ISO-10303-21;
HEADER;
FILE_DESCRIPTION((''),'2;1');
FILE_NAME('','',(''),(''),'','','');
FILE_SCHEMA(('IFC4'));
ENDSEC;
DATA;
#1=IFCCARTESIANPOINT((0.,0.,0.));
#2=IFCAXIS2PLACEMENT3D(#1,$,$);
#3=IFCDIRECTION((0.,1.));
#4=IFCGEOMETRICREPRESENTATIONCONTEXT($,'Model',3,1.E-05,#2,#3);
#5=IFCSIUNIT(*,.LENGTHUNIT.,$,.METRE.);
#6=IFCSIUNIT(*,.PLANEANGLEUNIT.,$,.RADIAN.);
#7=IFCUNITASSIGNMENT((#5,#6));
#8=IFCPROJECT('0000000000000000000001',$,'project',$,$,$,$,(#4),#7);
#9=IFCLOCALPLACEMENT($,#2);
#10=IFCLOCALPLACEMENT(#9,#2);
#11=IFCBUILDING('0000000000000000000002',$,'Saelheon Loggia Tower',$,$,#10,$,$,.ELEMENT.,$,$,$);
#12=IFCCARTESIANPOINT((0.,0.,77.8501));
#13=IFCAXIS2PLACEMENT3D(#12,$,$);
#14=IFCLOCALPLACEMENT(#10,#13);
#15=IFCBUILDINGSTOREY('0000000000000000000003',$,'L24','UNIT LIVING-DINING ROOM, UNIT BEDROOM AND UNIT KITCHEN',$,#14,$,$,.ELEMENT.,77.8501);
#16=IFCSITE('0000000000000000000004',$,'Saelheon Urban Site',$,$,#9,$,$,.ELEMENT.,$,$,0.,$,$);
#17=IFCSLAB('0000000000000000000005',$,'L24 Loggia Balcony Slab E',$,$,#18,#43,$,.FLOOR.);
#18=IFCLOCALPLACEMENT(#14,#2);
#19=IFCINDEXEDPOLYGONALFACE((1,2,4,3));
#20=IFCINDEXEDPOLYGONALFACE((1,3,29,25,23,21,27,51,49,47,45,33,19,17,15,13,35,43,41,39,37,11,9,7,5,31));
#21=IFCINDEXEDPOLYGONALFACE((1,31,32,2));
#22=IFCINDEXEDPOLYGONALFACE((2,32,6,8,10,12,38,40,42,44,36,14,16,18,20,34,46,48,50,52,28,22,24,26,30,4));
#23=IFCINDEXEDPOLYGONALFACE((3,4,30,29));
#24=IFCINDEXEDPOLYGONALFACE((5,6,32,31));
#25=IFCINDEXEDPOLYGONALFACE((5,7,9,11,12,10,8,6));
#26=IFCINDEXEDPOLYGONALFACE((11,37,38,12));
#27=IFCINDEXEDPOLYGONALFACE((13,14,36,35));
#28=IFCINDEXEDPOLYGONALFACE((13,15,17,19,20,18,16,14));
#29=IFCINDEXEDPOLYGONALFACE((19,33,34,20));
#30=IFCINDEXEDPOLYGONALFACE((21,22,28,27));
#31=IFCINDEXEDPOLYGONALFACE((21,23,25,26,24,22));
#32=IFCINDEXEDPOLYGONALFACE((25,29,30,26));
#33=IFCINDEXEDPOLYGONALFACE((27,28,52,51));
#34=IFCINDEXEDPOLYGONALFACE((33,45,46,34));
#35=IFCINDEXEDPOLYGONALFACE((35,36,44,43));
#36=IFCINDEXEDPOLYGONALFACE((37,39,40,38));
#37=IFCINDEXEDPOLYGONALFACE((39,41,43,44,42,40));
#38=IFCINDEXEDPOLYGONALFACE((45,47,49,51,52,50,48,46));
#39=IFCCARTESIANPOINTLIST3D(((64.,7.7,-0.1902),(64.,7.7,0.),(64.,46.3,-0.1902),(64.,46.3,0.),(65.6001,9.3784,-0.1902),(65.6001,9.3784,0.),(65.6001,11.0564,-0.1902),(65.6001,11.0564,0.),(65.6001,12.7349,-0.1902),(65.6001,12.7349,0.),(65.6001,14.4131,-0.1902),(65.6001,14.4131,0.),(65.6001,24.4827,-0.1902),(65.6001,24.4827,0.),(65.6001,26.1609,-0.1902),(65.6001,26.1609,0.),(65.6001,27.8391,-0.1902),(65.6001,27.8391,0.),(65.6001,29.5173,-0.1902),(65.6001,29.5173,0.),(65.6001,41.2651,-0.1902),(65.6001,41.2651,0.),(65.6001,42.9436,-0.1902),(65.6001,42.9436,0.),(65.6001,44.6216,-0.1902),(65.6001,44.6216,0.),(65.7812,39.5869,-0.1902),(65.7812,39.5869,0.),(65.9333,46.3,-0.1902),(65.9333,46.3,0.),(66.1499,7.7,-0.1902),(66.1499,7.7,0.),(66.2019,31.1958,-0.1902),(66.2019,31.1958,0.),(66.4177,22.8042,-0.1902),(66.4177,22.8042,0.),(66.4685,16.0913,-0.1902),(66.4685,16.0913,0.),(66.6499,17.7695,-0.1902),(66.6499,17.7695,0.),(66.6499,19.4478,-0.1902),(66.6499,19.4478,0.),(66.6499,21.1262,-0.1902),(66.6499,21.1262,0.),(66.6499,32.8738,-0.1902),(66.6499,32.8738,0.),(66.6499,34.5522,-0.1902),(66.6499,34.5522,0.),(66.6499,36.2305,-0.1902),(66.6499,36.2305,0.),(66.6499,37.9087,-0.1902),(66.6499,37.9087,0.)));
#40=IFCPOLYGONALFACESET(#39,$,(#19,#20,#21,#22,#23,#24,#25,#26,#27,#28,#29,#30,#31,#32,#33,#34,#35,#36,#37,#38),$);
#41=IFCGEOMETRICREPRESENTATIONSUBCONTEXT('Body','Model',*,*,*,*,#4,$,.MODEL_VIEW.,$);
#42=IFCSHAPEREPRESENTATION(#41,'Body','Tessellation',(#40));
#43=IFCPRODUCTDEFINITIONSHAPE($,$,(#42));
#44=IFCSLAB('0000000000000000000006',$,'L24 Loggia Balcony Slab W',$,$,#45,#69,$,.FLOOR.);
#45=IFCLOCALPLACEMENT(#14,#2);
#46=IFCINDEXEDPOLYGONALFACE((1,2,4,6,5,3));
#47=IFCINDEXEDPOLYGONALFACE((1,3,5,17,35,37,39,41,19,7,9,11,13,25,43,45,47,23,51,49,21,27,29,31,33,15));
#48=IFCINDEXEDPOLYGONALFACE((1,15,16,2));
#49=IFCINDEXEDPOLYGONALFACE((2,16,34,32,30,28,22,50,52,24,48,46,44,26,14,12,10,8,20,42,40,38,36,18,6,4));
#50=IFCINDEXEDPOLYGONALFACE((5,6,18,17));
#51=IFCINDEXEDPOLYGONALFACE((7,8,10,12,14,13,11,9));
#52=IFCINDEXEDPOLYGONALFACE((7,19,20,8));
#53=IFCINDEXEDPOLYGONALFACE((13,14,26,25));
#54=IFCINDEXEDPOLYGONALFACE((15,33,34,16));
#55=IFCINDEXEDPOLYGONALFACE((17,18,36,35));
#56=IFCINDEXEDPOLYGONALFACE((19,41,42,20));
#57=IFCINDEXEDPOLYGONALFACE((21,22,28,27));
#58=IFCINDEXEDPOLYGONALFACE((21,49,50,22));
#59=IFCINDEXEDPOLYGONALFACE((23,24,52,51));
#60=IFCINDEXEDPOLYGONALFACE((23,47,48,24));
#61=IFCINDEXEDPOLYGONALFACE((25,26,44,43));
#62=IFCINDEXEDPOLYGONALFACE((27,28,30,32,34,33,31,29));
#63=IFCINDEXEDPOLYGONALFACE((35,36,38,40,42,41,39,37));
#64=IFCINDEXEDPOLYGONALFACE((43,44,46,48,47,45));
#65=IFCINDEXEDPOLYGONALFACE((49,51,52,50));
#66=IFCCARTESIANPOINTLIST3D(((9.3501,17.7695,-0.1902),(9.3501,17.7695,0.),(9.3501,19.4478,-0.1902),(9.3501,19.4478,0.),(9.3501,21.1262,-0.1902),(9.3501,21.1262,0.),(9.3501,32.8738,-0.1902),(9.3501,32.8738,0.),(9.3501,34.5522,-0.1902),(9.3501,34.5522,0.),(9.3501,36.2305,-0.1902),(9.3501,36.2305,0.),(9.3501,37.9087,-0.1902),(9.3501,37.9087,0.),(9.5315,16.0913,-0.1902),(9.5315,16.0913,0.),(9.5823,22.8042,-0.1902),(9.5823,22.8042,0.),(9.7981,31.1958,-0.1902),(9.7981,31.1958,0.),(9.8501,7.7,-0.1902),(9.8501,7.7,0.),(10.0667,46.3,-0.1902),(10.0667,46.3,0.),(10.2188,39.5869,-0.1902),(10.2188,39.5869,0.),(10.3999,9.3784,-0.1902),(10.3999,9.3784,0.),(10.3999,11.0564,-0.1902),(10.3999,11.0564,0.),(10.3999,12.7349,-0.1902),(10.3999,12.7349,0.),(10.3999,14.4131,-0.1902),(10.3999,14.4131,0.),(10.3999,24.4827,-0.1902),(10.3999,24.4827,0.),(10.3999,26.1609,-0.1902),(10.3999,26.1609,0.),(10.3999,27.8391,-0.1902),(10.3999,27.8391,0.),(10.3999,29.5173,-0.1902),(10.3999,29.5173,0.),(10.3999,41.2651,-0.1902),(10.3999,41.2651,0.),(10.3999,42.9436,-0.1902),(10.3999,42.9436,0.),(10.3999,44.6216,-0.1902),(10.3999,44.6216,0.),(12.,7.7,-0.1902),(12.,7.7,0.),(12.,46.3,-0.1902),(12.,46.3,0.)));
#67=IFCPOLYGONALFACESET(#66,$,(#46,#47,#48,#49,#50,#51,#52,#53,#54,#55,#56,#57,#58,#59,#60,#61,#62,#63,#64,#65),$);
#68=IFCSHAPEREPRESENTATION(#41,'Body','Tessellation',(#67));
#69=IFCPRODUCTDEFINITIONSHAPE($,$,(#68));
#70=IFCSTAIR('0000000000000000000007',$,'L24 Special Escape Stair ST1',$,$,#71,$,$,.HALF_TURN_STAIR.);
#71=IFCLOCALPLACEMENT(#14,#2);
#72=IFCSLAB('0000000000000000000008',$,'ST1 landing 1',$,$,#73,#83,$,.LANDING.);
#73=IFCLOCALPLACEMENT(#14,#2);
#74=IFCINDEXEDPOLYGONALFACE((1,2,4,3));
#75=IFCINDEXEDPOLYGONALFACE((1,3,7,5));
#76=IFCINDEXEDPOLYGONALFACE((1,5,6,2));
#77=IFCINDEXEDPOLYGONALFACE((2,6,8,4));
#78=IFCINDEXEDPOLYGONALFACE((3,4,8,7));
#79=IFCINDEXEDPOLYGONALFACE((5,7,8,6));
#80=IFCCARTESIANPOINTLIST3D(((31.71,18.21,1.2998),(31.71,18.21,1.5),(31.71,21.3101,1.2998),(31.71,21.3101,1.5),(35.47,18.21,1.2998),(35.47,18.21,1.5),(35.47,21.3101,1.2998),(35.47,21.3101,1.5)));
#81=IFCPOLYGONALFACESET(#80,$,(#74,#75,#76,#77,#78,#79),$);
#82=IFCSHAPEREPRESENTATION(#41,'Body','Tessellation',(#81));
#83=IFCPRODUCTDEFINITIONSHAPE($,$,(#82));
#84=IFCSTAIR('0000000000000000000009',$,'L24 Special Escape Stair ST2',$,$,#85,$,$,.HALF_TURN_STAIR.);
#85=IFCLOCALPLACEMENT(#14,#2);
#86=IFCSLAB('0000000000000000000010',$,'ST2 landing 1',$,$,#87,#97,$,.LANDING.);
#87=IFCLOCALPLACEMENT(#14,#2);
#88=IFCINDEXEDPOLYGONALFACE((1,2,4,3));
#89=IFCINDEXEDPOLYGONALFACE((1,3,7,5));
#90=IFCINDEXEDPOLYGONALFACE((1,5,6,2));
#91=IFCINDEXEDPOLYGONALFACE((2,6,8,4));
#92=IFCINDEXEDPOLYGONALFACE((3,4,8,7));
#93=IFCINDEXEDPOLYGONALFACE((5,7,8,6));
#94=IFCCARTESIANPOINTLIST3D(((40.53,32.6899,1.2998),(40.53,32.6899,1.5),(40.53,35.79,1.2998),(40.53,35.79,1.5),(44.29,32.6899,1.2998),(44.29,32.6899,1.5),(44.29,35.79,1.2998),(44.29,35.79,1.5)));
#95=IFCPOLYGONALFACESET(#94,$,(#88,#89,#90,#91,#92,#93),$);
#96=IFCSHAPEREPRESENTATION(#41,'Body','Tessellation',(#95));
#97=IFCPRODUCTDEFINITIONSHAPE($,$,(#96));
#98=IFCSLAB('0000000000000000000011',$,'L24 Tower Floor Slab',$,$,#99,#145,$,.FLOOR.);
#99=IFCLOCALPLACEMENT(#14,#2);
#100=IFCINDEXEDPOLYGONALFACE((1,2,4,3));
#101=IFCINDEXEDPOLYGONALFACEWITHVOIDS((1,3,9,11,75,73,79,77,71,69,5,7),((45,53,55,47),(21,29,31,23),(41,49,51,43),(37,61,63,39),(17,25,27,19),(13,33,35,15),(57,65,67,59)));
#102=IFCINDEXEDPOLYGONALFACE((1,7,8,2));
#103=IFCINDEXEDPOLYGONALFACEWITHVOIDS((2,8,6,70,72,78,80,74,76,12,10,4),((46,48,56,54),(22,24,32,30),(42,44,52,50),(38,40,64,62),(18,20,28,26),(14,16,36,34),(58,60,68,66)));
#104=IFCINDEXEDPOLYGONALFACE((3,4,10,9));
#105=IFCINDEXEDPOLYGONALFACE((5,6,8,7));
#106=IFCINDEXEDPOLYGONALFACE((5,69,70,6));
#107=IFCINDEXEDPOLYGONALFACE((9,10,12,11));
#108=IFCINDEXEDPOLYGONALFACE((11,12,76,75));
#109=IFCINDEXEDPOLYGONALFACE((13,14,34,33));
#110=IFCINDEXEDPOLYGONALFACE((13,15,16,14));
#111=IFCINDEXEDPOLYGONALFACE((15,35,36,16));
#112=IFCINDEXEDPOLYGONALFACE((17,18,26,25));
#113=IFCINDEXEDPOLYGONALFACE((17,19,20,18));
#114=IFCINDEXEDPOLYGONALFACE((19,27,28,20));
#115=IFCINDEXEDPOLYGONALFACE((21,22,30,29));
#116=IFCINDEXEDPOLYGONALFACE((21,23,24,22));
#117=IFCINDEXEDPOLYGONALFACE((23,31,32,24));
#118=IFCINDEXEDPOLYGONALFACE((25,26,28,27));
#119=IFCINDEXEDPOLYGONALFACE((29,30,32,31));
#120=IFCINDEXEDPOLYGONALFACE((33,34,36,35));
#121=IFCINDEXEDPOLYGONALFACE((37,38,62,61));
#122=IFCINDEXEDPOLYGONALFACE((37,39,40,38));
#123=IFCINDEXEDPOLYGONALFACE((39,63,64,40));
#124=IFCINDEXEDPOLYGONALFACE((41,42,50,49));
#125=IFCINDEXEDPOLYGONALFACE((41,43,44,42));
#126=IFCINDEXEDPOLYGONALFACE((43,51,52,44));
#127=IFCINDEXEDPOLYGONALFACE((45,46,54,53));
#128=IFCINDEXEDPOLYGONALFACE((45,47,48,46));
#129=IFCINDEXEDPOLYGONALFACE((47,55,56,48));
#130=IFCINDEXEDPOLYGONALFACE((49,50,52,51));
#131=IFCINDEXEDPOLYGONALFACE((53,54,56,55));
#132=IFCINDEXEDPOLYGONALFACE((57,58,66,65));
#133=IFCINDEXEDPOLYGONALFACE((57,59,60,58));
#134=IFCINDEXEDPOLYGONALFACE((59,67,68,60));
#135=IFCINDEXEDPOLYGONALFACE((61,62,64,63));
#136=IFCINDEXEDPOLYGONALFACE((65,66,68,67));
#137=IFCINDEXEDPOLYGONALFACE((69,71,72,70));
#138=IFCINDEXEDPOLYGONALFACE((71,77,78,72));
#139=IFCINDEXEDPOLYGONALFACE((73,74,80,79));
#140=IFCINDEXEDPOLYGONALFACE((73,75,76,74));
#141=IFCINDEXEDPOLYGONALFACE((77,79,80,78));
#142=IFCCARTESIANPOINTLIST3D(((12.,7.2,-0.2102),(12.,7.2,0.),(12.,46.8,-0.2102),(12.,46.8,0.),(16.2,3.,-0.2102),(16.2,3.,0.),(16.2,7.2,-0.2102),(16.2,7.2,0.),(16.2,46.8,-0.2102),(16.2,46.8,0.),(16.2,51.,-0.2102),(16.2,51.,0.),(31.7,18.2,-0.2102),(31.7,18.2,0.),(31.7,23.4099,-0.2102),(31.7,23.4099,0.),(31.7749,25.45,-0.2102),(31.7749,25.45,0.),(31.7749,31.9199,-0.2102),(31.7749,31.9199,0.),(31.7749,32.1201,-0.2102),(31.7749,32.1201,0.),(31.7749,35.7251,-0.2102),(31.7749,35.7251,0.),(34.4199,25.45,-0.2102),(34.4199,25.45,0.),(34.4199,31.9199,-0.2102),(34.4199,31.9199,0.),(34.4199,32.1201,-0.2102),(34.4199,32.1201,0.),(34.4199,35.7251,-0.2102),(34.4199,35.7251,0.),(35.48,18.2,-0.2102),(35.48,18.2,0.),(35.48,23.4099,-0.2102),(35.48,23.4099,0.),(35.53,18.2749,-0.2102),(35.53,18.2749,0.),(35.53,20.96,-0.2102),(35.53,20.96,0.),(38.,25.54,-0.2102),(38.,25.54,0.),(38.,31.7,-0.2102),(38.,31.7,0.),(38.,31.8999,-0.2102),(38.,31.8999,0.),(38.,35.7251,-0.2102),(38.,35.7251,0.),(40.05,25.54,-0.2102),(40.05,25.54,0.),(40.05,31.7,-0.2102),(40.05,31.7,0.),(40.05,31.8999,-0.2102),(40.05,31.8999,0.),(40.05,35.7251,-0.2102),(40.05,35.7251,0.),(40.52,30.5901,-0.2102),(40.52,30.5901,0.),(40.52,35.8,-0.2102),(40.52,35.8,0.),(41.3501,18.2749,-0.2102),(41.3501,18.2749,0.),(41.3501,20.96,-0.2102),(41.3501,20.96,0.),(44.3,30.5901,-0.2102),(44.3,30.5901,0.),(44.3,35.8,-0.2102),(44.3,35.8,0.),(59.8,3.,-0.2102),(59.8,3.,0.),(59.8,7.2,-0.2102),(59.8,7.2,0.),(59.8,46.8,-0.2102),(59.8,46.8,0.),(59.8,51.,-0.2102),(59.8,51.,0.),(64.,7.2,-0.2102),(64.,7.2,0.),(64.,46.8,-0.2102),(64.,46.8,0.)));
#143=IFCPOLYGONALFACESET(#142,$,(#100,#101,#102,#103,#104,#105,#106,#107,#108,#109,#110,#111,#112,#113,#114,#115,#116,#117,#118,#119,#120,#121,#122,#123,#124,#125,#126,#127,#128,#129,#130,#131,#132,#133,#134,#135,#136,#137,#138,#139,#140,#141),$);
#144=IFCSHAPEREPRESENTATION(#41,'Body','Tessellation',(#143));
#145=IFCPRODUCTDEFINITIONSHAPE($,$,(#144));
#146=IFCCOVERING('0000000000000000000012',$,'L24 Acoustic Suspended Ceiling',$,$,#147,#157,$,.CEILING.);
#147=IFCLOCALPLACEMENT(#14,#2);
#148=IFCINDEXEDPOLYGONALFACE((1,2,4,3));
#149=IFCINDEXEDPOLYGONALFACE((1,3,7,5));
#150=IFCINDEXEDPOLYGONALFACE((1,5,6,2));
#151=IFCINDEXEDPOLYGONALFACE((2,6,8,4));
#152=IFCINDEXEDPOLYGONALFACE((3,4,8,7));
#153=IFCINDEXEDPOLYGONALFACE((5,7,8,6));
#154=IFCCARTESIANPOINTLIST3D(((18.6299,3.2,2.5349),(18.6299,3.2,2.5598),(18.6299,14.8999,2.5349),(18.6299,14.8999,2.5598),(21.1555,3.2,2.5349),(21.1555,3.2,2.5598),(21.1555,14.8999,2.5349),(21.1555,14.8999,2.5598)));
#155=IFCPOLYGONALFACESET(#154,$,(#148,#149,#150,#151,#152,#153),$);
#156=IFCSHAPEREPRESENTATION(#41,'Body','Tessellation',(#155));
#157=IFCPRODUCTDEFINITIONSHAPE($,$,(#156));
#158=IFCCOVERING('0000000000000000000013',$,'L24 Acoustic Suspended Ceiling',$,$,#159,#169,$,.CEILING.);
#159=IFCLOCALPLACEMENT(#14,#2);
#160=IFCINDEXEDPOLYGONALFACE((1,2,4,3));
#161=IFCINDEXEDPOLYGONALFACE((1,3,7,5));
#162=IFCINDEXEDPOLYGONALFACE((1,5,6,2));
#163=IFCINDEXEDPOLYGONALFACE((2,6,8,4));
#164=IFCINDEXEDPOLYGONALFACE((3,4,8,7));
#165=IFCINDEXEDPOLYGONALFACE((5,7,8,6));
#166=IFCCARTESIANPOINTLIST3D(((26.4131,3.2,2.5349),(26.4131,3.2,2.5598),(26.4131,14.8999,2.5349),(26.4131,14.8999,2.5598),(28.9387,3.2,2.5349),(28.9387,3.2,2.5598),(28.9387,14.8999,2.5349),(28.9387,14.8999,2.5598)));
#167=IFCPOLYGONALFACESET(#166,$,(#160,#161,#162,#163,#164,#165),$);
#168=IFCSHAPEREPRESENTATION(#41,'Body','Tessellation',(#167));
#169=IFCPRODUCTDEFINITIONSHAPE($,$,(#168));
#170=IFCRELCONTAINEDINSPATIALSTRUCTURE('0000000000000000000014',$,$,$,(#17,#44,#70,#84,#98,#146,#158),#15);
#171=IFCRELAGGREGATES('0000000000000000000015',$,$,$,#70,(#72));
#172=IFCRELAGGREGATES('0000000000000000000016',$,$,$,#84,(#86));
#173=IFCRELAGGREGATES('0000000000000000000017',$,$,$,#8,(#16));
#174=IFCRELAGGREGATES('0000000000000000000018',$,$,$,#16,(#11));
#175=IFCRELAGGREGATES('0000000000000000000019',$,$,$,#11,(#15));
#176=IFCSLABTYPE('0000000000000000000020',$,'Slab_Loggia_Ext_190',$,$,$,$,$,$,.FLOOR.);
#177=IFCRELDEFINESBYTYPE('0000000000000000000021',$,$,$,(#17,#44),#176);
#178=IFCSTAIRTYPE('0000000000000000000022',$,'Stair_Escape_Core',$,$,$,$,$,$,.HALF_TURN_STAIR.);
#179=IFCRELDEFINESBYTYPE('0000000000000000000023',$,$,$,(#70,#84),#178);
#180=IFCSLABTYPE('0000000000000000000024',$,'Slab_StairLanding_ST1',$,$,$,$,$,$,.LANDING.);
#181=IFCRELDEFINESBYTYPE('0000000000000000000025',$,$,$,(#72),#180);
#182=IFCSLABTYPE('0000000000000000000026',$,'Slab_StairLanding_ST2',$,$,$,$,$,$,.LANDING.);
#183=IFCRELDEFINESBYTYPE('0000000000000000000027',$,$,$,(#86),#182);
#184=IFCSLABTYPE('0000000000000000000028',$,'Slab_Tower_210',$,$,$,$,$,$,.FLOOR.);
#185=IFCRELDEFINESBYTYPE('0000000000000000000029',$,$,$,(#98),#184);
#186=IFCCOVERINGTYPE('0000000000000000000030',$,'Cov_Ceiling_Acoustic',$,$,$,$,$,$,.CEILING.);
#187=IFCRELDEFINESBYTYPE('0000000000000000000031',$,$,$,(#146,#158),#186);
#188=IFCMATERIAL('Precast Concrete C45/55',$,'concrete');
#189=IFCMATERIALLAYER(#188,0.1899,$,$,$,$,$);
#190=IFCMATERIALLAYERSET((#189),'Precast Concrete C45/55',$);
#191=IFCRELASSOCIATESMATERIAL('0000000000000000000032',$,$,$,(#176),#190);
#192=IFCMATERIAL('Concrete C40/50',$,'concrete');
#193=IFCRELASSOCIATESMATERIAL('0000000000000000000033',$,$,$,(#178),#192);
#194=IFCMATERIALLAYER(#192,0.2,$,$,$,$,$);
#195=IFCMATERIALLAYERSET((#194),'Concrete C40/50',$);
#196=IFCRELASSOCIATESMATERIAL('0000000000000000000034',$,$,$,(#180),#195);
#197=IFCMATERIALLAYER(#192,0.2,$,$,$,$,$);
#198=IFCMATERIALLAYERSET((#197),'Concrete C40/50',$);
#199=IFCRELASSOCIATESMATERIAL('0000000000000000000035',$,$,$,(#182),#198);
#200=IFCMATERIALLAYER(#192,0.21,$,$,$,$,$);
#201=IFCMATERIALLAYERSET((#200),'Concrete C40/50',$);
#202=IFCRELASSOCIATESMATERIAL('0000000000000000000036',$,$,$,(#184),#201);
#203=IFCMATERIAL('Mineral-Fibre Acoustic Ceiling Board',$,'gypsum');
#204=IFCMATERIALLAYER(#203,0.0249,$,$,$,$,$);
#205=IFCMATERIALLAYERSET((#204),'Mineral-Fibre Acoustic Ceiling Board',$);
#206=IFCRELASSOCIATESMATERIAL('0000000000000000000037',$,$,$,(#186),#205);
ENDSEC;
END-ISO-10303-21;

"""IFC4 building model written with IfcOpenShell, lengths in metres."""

from ifc_helpers import new_model, si_unit, direction, frame, origin, place, context, subcontext, project, spatial, polyline, outline, extrude, material, layer, layer_set, type_object, element, aggregate, save


model = new_model("IFC4")

# Units and contexts
model_context = context("Model", 3, precision=1e-05, world=origin(), true_north=direction((0.0, 1.0)))
body_context = subcontext(model_context, "Body", "Model", "MODEL_VIEW")
ifc_project = project(units=[si_unit("LENGTHUNIT", "METRE"), si_unit("PLANEANGLEUNIT", "RADIAN")], contexts=[model_context])

# Site, building, storey
site_placement = place(None, origin())
site = spatial("IfcSite", under=ifc_project, at=site_placement, Name="Saelheon Urban Site", CompositionType="ELEMENT", RefElevation=0.0)
building_placement = place(site_placement, origin())
building = spatial("IfcBuilding", under=site, at=building_placement, Name="Saelheon Loggia Tower", CompositionType="ELEMENT")
storey_placement = place(building_placement, frame((0.0, 0.0, 77.8501)))
storey = spatial("IfcBuildingStorey", under=building, at=storey_placement, Name="L24", Description="UNIT LIVING-DINING ROOM, UNIT BEDROOM AND UNIT KITCHEN", CompositionType="ELEMENT", Elevation=77.8501)

# Shared definitions
ifc_material_1 = material(Name="Precast Concrete C45/55", Category="concrete")

# Shared definitions
ifc_material_2 = material(Name="Concrete C40/50", Category="concrete")

# Slabs
ifc_layer_1 = layer(ifc_material_1, 0.1899)
ifc_layer_set_1 = layer_set([ifc_layer_1], Name="Precast Concrete C45/55")
slab_type_1 = type_object("IfcSlabType", Name="Slab_Loggia_Ext_190", PredefinedType="FLOOR", material=ifc_layer_set_1)
slab_1_placement = place(storey_placement, frame((0.0, 0.0, -0.1902)))
element("IfcSlab", 1, at=slab_1_placement, inside=storey, type_object=slab_type_1, Name="L24 Loggia Balcony Slab E", PredefinedType="FLOOR", context=body_context, shape_type="SweptSolid", body=[
    extrude(outline(polyline([(64.0, 7.7), (66.1499, 7.7), (65.6001, 9.3784), (65.6001, 11.0564), (65.6001, 12.7349), (65.6001, 14.4131), (66.4685, 16.0913), (66.6499, 17.7695), (66.6499, 19.4478), (66.6499, 21.1262), (66.4177, 22.8042), (65.6001, 24.4827), (65.6001, 26.1609), (65.6001, 27.8391), (65.6001, 29.5173), (66.2019, 31.1958), (66.6499, 32.8738), (66.6499, 34.5522), (66.6499, 36.2305), (66.6499, 37.9087), (65.7812, 39.5869), (65.6001, 41.2651), (65.6001, 42.9436), (65.6001, 44.6216), (65.9333, 46.3), (64.0, 46.3), (64.0, 7.7)])), origin(), (0.0, 0.0, 1.0), 0.1902),
])
slab_2_placement = place(storey_placement, frame((0.0, 0.0, -0.1902)))
element("IfcSlab", 2, at=slab_2_placement, inside=storey, type_object=slab_type_1, Name="L24 Loggia Balcony Slab W", PredefinedType="FLOOR", context=body_context, shape_type="SweptSolid", body=[
    extrude(outline(polyline([(12.0, 7.7), (12.0, 46.3), (10.0667, 46.3), (10.3999, 44.6216), (10.3999, 42.9436), (10.3999, 41.2651), (10.2188, 39.5869), (9.3501, 37.9087), (9.3501, 36.2305), (9.3501, 34.5522), (9.3501, 32.8738), (9.7981, 31.1958), (10.3999, 29.5173), (10.3999, 27.8391), (10.3999, 26.1609), (10.3999, 24.4827), (9.5823, 22.8042), (9.3501, 21.1262), (9.3501, 19.4478), (9.3501, 17.7695), (9.5315, 16.0913), (10.3999, 14.4131), (10.3999, 12.7349), (10.3999, 11.0564), (10.3999, 9.3784), (9.8501, 7.7), (12.0, 7.7)])), origin(), (0.0, 0.0, 1.0), 0.1902),
])

# Stairs, slabs
stair_type = type_object("IfcStairType", Name="Stair_Escape_Core", PredefinedType="HALF_TURN_STAIR", material=ifc_material_2)
stair_1_placement = place(storey_placement, origin())
stair_1 = element("IfcStair", 3, at=stair_1_placement, inside=storey, type_object=stair_type, Name="L24 Special Escape Stair ST1", PredefinedType="HALF_TURN_STAIR")
ifc_layer_2 = layer(ifc_material_2, 0.2)
ifc_layer_set_2 = layer_set([ifc_layer_2], Name="Concrete C40/50")
slab_type_2 = type_object("IfcSlabType", Name="Slab_StairLanding_ST1", PredefinedType="LANDING", material=ifc_layer_set_2)
slab_3_placement = place(storey_placement, frame((0.0, 0.0, 1.2998)))
slab_3 = element("IfcSlab", 4, at=slab_3_placement, type_object=slab_type_2, Name="ST1 landing 1", PredefinedType="LANDING", context=body_context, shape_type="SweptSolid", body=[
    extrude(outline(polyline([(31.71, 21.3101), (31.71, 18.21), (35.47, 18.21), (35.47, 21.3101), (31.71, 21.3101)])), origin(), (0.0, 0.0, 1.0), 0.2002),
])
aggregate(stair_1, [slab_3])
stair_2_placement = place(storey_placement, origin())
stair_2 = element("IfcStair", 5, at=stair_2_placement, inside=storey, type_object=stair_type, Name="L24 Special Escape Stair ST2", PredefinedType="HALF_TURN_STAIR")
ifc_layer_3 = layer(ifc_material_2, 0.2)
ifc_layer_set_3 = layer_set([ifc_layer_3], Name="Concrete C40/50")
slab_type_3 = type_object("IfcSlabType", Name="Slab_StairLanding_ST2", PredefinedType="LANDING", material=ifc_layer_set_3)
slab_4_placement = place(storey_placement, frame((0.0, 0.0, 1.2998)))
slab_4 = element("IfcSlab", 6, at=slab_4_placement, type_object=slab_type_3, Name="ST2 landing 1", PredefinedType="LANDING", context=body_context, shape_type="SweptSolid", body=[
    extrude(outline(polyline([(44.29, 32.6899), (44.29, 35.79), (40.53, 35.79), (40.53, 32.6899), (44.29, 32.6899)])), origin(), (0.0, 0.0, 1.0), 0.2002),
])
aggregate(stair_2, [slab_4])

# Slab
ifc_layer_4 = layer(ifc_material_2, 0.21)
ifc_layer_set_4 = layer_set([ifc_layer_4], Name="Concrete C40/50")
slab_type_4 = type_object("IfcSlabType", Name="Slab_Tower_210", PredefinedType="FLOOR", material=ifc_layer_set_4)
slab_5_placement = place(storey_placement, frame((0.0, 0.0, -0.2102)))
element("IfcSlab", 7, at=slab_5_placement, inside=storey, type_object=slab_type_4, Name="L24 Tower Floor Slab", PredefinedType="FLOOR", context=body_context, shape_type="SweptSolid", body=[
    extrude(outline(polyline([(16.2, 3.0), (59.8, 3.0), (59.8, 7.2), (64.0, 7.2), (64.0, 46.8), (59.8, 46.8), (59.8, 51.0), (16.2, 51.0), (16.2, 46.8), (12.0, 46.8), (12.0, 7.2), (16.2, 7.2), (16.2, 3.0)]), holes=[polyline([(31.7, 23.4099), (31.7, 18.2), (35.48, 18.2), (35.48, 23.4099), (31.7, 23.4099)]), polyline([(44.3, 30.5901), (44.3, 35.8), (40.52, 35.8), (40.52, 30.5901), (44.3, 30.5901)]), polyline([(35.53, 18.2749), (41.3501, 18.2749), (41.3501, 20.96), (35.53, 20.96), (35.53, 18.2749)]), polyline([(31.7749, 32.1201), (34.4199, 32.1201), (34.4199, 35.7251), (31.7749, 35.7251), (31.7749, 32.1201)]), polyline([(38.0, 31.8999), (40.05, 31.8999), (40.05, 35.7251), (38.0, 35.7251), (38.0, 31.8999)]), polyline([(31.7749, 25.45), (34.4199, 25.45), (34.4199, 31.9199), (31.7749, 31.9199), (31.7749, 25.45)]), polyline([(38.0, 25.54), (40.05, 25.54), (40.05, 31.7), (38.0, 31.7), (38.0, 25.54)])]), origin(), (0.0, 0.0, 1.0), 0.2102),
])

# Coverings
ifc_material_3 = material(Name="Mineral-Fibre Acoustic Ceiling Board", Category="gypsum")
ifc_layer_5 = layer(ifc_material_3, 0.0249)
ifc_layer_set_5 = layer_set([ifc_layer_5], Name="Mineral-Fibre Acoustic Ceiling Board")
covering_type = type_object("IfcCoveringType", Name="Cov_Ceiling_Acoustic", PredefinedType="CEILING", material=ifc_layer_set_5)
covering_1_placement = place(storey_placement, frame((0.0, 0.0, 2.5349)))
element("IfcCovering", 8, at=covering_1_placement, inside=storey, type_object=covering_type, Name="L24 Acoustic Suspended Ceiling", PredefinedType="CEILING", context=body_context, shape_type="SweptSolid", body=[
    extrude(outline(polyline([(18.6299, 3.2), (21.1555, 3.2), (21.1555, 14.8999), (18.6299, 14.8999), (18.6299, 3.2)])), origin(), (0.0, 0.0, 1.0), 0.0249),
])
covering_2_placement = place(storey_placement, frame((0.0, 0.0, 2.5349)))
element("IfcCovering", 9, at=covering_2_placement, inside=storey, type_object=covering_type, Name="L24 Acoustic Suspended Ceiling", PredefinedType="CEILING", context=body_context, shape_type="SweptSolid", body=[
    extrude(outline(polyline([(26.4131, 3.2), (28.9387, 3.2), (28.9387, 14.8999), (26.4131, 14.8999), (26.4131, 3.2)])), origin(), (0.0, 0.0, 1.0), 0.0249),
])

save(model, "model.ifc")
